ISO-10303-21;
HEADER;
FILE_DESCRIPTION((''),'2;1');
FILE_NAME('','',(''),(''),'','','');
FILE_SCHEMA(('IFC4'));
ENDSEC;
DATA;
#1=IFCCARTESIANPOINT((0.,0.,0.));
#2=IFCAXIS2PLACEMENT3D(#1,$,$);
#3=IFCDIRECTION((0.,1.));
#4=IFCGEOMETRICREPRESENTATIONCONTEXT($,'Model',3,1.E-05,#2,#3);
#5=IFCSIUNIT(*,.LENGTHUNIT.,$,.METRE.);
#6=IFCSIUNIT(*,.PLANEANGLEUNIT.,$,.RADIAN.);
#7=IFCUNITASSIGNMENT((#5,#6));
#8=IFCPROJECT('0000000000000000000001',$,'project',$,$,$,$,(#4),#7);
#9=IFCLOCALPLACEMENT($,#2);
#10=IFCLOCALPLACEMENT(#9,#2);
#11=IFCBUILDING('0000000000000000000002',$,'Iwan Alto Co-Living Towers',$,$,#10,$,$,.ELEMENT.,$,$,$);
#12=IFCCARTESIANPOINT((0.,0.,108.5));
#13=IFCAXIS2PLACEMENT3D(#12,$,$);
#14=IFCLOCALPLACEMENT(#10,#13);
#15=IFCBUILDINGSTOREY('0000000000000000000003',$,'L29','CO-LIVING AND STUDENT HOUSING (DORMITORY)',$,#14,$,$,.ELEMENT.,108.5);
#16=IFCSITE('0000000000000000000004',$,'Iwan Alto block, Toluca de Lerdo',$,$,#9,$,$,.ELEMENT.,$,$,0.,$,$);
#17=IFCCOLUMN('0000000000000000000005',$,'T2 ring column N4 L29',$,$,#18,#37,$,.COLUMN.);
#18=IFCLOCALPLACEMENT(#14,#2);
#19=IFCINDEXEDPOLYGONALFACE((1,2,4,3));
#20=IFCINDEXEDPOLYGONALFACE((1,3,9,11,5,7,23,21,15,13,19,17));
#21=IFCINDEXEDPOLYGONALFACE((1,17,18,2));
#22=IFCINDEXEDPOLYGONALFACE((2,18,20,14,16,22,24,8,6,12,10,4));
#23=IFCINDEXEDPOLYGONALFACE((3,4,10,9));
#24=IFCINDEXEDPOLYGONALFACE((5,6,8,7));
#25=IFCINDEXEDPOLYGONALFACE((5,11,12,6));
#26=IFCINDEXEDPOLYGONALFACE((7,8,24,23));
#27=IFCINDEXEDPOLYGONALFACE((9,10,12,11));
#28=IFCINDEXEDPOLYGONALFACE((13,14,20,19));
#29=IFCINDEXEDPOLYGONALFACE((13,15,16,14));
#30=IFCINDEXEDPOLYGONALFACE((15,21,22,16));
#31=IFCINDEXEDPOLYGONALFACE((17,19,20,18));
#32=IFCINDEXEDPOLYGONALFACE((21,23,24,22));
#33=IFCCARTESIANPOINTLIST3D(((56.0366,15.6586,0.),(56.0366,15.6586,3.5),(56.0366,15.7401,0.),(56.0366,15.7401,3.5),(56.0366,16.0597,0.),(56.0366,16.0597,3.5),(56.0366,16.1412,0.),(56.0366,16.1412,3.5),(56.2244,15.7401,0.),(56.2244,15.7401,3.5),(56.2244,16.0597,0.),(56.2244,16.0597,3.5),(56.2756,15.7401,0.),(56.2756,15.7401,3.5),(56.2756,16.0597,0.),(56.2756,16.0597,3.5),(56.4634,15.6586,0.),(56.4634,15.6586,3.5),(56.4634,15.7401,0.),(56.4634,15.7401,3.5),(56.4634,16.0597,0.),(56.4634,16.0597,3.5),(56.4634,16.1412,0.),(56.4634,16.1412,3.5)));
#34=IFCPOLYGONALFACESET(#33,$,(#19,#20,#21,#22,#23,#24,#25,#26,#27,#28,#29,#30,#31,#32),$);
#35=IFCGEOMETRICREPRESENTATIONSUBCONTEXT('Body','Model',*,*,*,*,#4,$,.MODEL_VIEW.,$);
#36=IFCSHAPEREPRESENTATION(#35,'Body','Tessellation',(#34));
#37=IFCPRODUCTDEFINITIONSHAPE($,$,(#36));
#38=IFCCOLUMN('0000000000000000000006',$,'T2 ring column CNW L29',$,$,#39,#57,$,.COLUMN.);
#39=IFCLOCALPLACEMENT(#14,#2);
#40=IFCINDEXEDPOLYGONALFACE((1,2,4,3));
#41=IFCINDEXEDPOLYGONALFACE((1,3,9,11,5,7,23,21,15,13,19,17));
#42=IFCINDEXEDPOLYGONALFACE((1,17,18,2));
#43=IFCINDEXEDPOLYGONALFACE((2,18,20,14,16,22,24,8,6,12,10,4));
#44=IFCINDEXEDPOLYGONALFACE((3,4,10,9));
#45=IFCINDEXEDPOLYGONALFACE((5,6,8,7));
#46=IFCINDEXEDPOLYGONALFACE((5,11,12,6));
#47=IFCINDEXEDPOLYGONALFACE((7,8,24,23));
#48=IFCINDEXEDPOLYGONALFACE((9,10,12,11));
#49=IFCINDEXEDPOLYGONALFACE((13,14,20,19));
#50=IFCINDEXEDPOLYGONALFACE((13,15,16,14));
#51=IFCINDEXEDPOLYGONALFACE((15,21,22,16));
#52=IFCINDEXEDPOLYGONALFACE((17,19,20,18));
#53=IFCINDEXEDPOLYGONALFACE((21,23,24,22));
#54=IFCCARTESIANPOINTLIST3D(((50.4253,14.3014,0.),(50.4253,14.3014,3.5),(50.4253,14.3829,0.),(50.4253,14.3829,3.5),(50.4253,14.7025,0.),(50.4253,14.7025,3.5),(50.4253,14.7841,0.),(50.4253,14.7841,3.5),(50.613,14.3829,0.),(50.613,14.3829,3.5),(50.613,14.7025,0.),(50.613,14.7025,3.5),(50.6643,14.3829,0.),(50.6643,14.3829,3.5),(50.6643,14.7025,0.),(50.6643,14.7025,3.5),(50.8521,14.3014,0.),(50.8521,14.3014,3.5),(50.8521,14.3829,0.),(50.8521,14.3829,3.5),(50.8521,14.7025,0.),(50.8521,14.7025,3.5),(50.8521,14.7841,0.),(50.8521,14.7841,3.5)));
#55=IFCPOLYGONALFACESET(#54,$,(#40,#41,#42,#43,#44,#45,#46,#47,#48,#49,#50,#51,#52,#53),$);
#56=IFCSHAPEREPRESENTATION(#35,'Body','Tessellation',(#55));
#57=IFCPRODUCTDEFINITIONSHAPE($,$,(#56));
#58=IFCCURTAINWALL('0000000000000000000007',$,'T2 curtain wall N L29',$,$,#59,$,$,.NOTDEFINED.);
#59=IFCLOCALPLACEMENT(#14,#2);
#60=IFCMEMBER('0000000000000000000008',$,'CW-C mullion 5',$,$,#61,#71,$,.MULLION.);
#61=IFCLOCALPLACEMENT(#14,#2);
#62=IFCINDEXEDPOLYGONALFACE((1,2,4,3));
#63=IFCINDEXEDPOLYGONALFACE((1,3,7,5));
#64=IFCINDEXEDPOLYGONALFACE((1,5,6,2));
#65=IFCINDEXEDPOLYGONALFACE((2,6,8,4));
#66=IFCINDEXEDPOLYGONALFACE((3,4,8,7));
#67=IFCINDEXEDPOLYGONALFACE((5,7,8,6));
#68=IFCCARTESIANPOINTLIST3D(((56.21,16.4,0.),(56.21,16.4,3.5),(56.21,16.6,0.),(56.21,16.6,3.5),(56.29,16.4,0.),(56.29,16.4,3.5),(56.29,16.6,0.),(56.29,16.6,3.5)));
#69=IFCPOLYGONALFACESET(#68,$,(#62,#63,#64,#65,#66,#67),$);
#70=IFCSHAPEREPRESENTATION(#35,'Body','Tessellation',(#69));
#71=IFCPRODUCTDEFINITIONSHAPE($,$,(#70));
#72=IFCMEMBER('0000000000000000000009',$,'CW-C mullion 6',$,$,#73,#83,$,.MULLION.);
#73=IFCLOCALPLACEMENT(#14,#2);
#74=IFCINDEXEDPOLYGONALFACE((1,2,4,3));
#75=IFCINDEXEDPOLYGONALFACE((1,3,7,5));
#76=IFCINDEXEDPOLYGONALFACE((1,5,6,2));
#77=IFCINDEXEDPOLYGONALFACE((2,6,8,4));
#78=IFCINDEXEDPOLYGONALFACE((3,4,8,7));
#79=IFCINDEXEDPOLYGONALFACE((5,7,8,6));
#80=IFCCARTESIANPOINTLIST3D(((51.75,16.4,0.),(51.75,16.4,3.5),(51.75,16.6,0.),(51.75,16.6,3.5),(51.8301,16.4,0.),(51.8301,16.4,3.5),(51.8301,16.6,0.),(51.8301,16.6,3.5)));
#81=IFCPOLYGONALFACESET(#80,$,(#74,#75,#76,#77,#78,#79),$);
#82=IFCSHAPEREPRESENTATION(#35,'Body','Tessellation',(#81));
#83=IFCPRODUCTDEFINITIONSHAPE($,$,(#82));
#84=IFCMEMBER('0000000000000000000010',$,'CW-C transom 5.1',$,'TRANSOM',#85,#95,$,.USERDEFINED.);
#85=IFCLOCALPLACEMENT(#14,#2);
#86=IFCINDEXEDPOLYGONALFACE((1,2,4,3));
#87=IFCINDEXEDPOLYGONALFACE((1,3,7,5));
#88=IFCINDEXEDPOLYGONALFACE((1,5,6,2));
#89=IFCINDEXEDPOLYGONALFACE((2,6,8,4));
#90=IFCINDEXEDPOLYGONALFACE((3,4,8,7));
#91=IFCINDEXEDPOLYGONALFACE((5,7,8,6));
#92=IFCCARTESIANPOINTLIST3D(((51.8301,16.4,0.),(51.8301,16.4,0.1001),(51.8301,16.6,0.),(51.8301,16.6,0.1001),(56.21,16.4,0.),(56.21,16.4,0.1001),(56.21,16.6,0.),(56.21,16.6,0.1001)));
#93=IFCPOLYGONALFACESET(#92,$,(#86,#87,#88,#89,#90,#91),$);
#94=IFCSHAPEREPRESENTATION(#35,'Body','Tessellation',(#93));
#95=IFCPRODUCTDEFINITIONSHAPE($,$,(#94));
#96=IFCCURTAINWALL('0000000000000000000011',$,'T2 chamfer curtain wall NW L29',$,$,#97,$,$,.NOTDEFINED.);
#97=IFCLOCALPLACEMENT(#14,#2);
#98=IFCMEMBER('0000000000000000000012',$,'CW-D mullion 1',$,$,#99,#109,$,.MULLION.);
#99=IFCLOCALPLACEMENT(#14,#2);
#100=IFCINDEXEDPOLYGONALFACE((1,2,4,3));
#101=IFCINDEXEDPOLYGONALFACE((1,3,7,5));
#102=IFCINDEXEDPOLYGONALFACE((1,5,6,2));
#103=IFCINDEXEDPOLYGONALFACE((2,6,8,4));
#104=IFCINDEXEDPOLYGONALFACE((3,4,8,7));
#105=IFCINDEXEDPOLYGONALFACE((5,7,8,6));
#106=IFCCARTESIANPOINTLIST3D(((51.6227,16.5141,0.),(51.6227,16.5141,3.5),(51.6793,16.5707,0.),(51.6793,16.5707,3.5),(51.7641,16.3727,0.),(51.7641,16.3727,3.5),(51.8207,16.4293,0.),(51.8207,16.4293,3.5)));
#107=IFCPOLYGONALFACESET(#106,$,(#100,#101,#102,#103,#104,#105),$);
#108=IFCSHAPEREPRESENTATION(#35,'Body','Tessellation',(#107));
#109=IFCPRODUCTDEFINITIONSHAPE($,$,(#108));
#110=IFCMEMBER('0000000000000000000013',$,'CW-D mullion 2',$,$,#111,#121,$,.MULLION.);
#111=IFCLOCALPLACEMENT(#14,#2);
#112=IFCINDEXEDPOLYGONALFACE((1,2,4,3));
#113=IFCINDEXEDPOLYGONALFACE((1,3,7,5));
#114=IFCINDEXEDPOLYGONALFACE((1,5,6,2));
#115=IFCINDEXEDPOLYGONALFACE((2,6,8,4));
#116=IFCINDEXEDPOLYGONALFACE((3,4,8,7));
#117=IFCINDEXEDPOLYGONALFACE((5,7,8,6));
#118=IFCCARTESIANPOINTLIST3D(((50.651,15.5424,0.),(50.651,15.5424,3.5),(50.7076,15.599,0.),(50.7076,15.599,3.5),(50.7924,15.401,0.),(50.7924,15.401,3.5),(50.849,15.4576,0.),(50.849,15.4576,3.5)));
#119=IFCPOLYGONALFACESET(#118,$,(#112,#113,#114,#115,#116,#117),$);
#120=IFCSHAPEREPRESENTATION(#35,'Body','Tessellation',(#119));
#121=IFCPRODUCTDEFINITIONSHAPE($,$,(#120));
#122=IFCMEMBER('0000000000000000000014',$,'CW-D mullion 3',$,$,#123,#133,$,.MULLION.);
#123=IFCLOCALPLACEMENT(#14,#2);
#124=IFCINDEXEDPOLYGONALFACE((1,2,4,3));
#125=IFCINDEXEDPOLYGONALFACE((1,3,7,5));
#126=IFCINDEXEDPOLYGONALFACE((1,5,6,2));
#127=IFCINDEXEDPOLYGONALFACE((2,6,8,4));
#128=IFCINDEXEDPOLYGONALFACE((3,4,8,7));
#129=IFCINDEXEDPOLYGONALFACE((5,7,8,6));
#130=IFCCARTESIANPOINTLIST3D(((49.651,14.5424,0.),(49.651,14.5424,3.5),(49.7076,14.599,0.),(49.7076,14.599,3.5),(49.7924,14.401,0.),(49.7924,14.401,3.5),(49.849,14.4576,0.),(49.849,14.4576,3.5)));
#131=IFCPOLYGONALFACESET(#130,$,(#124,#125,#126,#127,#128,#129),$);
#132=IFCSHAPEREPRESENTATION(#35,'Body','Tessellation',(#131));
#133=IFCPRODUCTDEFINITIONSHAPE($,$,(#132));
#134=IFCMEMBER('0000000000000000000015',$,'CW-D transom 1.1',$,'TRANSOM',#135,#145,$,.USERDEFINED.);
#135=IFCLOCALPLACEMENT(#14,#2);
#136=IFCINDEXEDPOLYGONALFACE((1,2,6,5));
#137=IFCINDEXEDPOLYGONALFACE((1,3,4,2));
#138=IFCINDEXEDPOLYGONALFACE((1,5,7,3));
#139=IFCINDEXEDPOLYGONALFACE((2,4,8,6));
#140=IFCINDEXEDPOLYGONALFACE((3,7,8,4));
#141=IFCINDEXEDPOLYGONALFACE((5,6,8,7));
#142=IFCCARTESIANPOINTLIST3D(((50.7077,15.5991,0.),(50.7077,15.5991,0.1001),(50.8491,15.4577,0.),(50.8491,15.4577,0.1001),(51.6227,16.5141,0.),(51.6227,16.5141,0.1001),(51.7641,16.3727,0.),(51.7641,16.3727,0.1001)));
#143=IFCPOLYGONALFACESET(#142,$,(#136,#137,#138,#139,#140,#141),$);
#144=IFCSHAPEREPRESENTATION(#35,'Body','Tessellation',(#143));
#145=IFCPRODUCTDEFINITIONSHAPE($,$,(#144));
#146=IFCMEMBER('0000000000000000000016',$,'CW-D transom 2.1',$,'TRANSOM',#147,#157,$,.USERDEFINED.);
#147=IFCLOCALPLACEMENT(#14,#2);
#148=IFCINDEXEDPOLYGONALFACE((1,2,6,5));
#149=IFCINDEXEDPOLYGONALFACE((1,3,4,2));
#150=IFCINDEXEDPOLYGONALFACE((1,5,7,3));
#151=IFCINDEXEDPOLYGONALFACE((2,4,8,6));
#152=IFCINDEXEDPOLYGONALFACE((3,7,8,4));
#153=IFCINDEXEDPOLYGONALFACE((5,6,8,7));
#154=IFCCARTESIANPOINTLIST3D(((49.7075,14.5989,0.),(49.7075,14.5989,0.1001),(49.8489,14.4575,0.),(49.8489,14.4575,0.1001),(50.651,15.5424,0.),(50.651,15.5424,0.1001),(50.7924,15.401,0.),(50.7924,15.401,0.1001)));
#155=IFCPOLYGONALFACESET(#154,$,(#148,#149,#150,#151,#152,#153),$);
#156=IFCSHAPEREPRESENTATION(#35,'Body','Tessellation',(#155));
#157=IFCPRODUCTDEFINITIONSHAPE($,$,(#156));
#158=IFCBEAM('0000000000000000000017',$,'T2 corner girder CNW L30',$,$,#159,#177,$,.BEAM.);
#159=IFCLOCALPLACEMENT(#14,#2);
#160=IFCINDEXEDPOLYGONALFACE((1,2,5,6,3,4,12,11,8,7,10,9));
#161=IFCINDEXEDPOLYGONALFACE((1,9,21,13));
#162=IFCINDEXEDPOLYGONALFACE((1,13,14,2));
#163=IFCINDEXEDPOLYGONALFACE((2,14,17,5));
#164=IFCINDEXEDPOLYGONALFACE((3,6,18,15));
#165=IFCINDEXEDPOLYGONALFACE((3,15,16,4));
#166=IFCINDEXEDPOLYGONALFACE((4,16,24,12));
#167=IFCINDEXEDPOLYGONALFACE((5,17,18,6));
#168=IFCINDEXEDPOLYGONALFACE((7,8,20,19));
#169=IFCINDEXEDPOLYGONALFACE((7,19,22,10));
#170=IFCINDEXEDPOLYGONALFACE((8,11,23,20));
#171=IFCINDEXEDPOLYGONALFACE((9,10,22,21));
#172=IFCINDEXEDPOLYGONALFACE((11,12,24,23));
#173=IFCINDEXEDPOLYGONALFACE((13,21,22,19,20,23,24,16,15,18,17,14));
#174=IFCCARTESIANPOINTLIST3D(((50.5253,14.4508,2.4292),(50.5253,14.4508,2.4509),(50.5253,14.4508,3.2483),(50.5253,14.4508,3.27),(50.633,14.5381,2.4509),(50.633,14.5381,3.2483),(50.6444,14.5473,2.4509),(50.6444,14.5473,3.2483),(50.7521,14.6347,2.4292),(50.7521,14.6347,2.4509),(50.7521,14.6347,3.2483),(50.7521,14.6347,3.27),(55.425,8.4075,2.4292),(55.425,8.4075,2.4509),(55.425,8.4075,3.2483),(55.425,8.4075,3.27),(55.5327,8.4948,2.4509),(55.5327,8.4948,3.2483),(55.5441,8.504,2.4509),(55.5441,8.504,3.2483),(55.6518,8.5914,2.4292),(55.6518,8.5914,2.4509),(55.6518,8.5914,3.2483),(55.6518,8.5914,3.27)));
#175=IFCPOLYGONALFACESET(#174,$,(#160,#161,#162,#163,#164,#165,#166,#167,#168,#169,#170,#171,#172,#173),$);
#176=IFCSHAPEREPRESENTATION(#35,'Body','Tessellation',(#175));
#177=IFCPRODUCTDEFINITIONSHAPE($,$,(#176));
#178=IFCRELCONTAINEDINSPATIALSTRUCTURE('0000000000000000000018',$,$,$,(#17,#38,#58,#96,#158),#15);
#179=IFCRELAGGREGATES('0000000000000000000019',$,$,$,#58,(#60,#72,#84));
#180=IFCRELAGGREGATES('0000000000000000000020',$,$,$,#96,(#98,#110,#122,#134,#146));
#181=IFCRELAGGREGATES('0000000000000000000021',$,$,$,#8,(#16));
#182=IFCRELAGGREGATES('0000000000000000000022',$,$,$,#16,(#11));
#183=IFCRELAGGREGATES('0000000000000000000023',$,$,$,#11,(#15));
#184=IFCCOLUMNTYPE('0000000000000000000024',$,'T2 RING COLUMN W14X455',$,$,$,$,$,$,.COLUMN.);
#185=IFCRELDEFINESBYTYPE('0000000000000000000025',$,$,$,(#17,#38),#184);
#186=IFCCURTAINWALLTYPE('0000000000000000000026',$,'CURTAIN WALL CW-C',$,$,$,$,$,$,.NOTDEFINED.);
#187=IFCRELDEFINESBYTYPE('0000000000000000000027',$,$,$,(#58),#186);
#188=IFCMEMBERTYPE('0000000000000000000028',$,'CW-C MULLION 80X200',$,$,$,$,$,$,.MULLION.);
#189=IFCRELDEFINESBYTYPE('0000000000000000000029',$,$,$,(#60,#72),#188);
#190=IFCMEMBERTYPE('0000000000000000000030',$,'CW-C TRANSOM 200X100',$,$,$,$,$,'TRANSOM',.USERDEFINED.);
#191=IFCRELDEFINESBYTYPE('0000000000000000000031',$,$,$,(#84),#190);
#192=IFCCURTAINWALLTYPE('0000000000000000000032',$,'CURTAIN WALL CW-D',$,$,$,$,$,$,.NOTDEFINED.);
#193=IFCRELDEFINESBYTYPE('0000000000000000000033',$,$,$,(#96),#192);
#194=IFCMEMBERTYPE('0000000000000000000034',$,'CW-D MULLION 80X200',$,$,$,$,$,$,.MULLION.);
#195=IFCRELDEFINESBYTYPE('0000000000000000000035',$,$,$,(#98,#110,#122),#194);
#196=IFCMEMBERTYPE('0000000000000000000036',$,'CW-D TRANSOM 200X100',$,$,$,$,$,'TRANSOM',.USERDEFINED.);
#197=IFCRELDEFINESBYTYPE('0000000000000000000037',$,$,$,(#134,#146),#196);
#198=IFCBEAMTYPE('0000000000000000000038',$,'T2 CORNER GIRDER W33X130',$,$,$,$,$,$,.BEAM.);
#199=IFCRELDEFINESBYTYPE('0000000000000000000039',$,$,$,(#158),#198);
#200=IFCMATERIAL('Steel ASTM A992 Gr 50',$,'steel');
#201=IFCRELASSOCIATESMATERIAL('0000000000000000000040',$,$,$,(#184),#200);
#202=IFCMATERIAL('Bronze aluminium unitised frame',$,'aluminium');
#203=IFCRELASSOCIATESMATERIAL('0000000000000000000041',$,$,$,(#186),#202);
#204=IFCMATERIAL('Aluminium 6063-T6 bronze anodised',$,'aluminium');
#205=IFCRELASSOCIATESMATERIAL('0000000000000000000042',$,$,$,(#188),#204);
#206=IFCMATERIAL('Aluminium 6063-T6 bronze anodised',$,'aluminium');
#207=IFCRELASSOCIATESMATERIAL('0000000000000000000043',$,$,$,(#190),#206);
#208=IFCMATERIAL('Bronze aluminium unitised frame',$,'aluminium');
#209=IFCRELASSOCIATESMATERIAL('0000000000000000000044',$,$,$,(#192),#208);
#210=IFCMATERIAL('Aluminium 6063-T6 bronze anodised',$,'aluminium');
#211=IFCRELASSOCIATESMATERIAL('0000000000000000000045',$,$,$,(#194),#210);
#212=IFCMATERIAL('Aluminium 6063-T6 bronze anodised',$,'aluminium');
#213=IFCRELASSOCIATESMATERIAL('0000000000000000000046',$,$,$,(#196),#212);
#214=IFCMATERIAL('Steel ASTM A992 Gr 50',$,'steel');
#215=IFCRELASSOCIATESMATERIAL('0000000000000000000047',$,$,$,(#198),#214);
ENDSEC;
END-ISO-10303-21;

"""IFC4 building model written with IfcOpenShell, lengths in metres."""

from ifc_helpers import new_model, si_unit, direction, frame, origin, origin_2d, place, context, subcontext, project, spatial, rectangle, i_section, extrude, material, material_profile, profile_set, type_object, element, aggregate, save


model = new_model("IFC4")

# Units and contexts
model_context = context("Model", 3, precision=1e-05, world=origin(), true_north=direction((0.0, 1.0)))
body_context = subcontext(model_context, "Body", "Model", "MODEL_VIEW")
ifc_project = project(units=[si_unit("LENGTHUNIT", "METRE"), si_unit("PLANEANGLEUNIT", "RADIAN")], contexts=[model_context])

# Site, building, storey
site_placement = place(None, origin())
site = spatial("IfcSite", under=ifc_project, at=site_placement, Name="Iwan Alto block, Toluca de Lerdo", CompositionType="ELEMENT", RefElevation=0.0)
building_placement = place(site_placement, origin())
building = spatial("IfcBuilding", under=site, at=building_placement, Name="Iwan Alto Co-Living Towers", CompositionType="ELEMENT")
storey_placement = place(building_placement, frame((0.0, 0.0, 108.5)))
storey = spatial("IfcBuildingStorey", under=building, at=storey_placement, Name="L29", Description="CO-LIVING AND STUDENT HOUSING (DORMITORY)", CompositionType="ELEMENT", Elevation=108.5)

# Columns
ifc_material_1 = material(Name="Steel ASTM A992 Gr 50", Category="steel")
ifc_material_profile_1 = material_profile(ifc_material_1, i_section(OverallWidth=0.4268, OverallDepth=0.4827, WebThickness=0.0513, FlangeThickness=0.0815, at=origin_2d()), Name="W14X455")
ifc_profile_set_1 = profile_set([ifc_material_profile_1], Name="Steel ASTM A992 Gr 50")
column_type = type_object("IfcColumnType", Name="T2 RING COLUMN W14X455", PredefinedType="COLUMN", material=ifc_profile_set_1)
for number, where, z_axis, x_axis, name in (
    (1, (56.25, 15.8999, 0.0), (0.0, 0.0, 1.0), (1.0, 0.0, 0.0), "T2 ring column N4 L29"),
    (2, (50.6387, 14.5427, 0.0), (0.0, 0.0, 1.0), (1.0, 0.0, 0.0), "T2 ring column CNW L29"),
):
    element("IfcColumn", number, at=place(storey_placement, frame(where, z_axis=z_axis, x_axis=x_axis)), inside=storey, type_object=column_type, Name=name, PredefinedType="COLUMN", context=body_context, shape_type="SweptSolid", body=[
        extrude(i_section(OverallWidth=0.4268, OverallDepth=0.4827, WebThickness=0.0513, FlangeThickness=0.0815, at=origin_2d()), origin(), (0.0, 0.0, 1.0), 3.5),
    ])

# Curtain walls, members
ifc_material_2 = material(Name="Bronze aluminium unitised frame", Category="aluminium")
curtain_wall_type_1 = type_object("IfcCurtainWallType", Name="CURTAIN WALL CW-C", PredefinedType="NOTDEFINED", material=ifc_material_2)
curtain_wall_1_placement = place(storey_placement, origin())
curtain_wall_1 = element("IfcCurtainWall", 3, at=curtain_wall_1_placement, inside=storey, type_object=curtain_wall_type_1, Name="T2 curtain wall N L29", PredefinedType="NOTDEFINED")
ifc_material_3 = material(Name="Aluminium 6063-T6 bronze anodised", Category="aluminium")
ifc_material_profile_2 = material_profile(ifc_material_3, rectangle(XDim=0.2, YDim=0.0801, at=origin_2d()), Name="AL 80X200")
ifc_profile_set_2 = profile_set([ifc_material_profile_2], Name="Aluminium 6063-T6 bronze anodised")
member_type_1 = type_object("IfcMemberType", Name="CW-C MULLION 80X200", PredefinedType="MULLION", material=ifc_profile_set_2)
member_1_placement = place(storey_placement, frame((56.25, 16.5, 0.0), z_axis=(0.0, 0.0, 1.0), x_axis=(0.0, -1.0, 0.0)))
member_1 = element("IfcMember", 4, at=member_1_placement, type_object=member_type_1, Name="CW-C mullion 5", PredefinedType="MULLION", context=body_context, shape_type="SweptSolid", body=[
    extrude(rectangle(XDim=0.2, YDim=0.0801, at=origin_2d()), origin(), (0.0, 0.0, 1.0), 3.5),
])
member_2_placement = place(storey_placement, frame((51.79, 16.5, 0.0), z_axis=(0.0, 0.0, 1.0), x_axis=(0.0, -1.0, 0.0)))
member_2 = element("IfcMember", 5, at=member_2_placement, type_object=member_type_1, Name="CW-C mullion 6", PredefinedType="MULLION", context=body_context, shape_type="SweptSolid", body=[
    extrude(rectangle(XDim=0.2, YDim=0.0801, at=origin_2d()), origin(), (0.0, 0.0, 1.0), 3.5),
])
ifc_material_4 = material(Name="Aluminium 6063-T6 bronze anodised", Category="aluminium")
ifc_material_profile_3 = material_profile(ifc_material_4, rectangle(XDim=0.2, YDim=0.1001, at=origin_2d()), Name="AL 200X100")
ifc_profile_set_3 = profile_set([ifc_material_profile_3], Name="Aluminium 6063-T6 bronze anodised")
member_type_2 = type_object("IfcMemberType", Name="CW-C TRANSOM 200X100", ElementType="TRANSOM", PredefinedType="USERDEFINED", material=ifc_profile_set_3)
member_3_placement = place(storey_placement, frame((56.21, 16.5, 0.05), z_axis=(-1.0, 0.0, 0.0), x_axis=(0.0, -1.0, 0.0)))
member_3 = element("IfcMember", 6, at=member_3_placement, type_object=member_type_2, Name="CW-C transom 5.1", ObjectType="TRANSOM", PredefinedType="USERDEFINED", context=body_context, shape_type="SweptSolid", body=[
    extrude(rectangle(XDim=0.2, YDim=0.1001, at=origin_2d()), origin(), (0.0, 0.0, 1.0), 4.3799),
])
ifc_material_5 = material(Name="Bronze aluminium unitised frame", Category="aluminium")
curtain_wall_type_2 = type_object("IfcCurtainWallType", Name="CURTAIN WALL CW-D", PredefinedType="NOTDEFINED", material=ifc_material_5)
curtain_wall_2_placement = place(storey_placement, origin())
curtain_wall_2 = element("IfcCurtainWall", 7, at=curtain_wall_2_placement, inside=storey, type_object=curtain_wall_type_2, Name="T2 chamfer curtain wall NW L29", PredefinedType="NOTDEFINED")
ifc_material_6 = material(Name="Aluminium 6063-T6 bronze anodised", Category="aluminium")
ifc_material_profile_4 = material_profile(ifc_material_6, rectangle(XDim=0.2, YDim=0.0801, at=origin_2d()), Name="AL 80X200")
ifc_profile_set_4 = profile_set([ifc_material_profile_4], Name="Aluminium 6063-T6 bronze anodised")
member_type_3 = type_object("IfcMemberType", Name="CW-D MULLION 80X200", PredefinedType="MULLION", material=ifc_profile_set_4)
member_4_placement = place(storey_placement, frame((51.7217, 16.4717, 0.0), z_axis=(0.0, 0.0, 1.0), x_axis=(0.707107, -0.707107, 0.0)))
member_4 = element("IfcMember", 8, at=member_4_placement, type_object=member_type_3, Name="CW-D mullion 1", PredefinedType="MULLION", context=body_context, shape_type="SweptSolid", body=[
    extrude(rectangle(XDim=0.2, YDim=0.0801, at=origin_2d()), origin(), (0.0, 0.0, 1.0), 3.5),
])
member_5_placement = place(storey_placement, frame((50.75, 15.5, 0.0), z_axis=(0.0, 0.0, 1.0), x_axis=(0.707107, -0.707107, 0.0)))
member_5 = element("IfcMember", 9, at=member_5_placement, type_object=member_type_3, Name="CW-D mullion 2", PredefinedType="MULLION", context=body_context, shape_type="SweptSolid", body=[
    extrude(rectangle(XDim=0.2, YDim=0.0801, at=origin_2d()), origin(), (0.0, 0.0, 1.0), 3.5),
])
member_6_placement = place(storey_placement, frame((49.75, 14.5, 0.0), z_axis=(0.0, 0.0, 1.0), x_axis=(0.707107, -0.707107, 0.0)))
member_6 = element("IfcMember", 10, at=member_6_placement, type_object=member_type_3, Name="CW-D mullion 3", PredefinedType="MULLION", context=body_context, shape_type="SweptSolid", body=[
    extrude(rectangle(XDim=0.2, YDim=0.0801, at=origin_2d()), origin(), (0.0, 0.0, 1.0), 3.5),
])
ifc_material_7 = material(Name="Aluminium 6063-T6 bronze anodised", Category="aluminium")
ifc_material_profile_5 = material_profile(ifc_material_7, rectangle(XDim=0.2, YDim=0.1001, at=origin_2d()), Name="AL 200X100")
ifc_profile_set_5 = profile_set([ifc_material_profile_5], Name="Aluminium 6063-T6 bronze anodised")
member_type_4 = type_object("IfcMemberType", Name="CW-D TRANSOM 200X100", ElementType="TRANSOM", PredefinedType="USERDEFINED", material=ifc_profile_set_5)
member_7_placement = place(storey_placement, frame((51.6934, 16.4434, 0.05), z_axis=(-0.707107, -0.707107, 0.0), x_axis=(0.707107, -0.707107, 0.0)))
member_7 = element("IfcMember", 11, at=member_7_placement, type_object=member_type_4, Name="CW-D transom 1.1", ObjectType="TRANSOM", PredefinedType="USERDEFINED", context=body_context, shape_type="SweptSolid", body=[
    extrude(rectangle(XDim=0.2, YDim=0.1001, at=origin_2d()), origin(), (0.0, 0.0, 1.0), 1.2939),
])
member_8_placement = place(storey_placement, frame((50.7217, 15.4717, 0.05), z_axis=(-0.707107, -0.707107, 0.0), x_axis=(0.707107, -0.707107, 0.0)))
member_8 = element("IfcMember", 12, at=member_8_placement, type_object=member_type_4, Name="CW-D transom 2.1", ObjectType="TRANSOM", PredefinedType="USERDEFINED", context=body_context, shape_type="SweptSolid", body=[
    extrude(rectangle(XDim=0.2, YDim=0.1001, at=origin_2d()), origin(), (0.0, 0.0, 1.0), 1.3342),
])

# Beam
ifc_material_8 = material(Name="Steel ASTM A992 Gr 50", Category="steel")
ifc_material_profile_6 = material_profile(ifc_material_8, i_section(OverallWidth=0.292, OverallDepth=0.8408, WebThickness=0.0146, FlangeThickness=0.0217, at=origin_2d()), Name="W33X130")
ifc_profile_set_6 = profile_set([ifc_material_profile_6], Name="Steel ASTM A992 Gr 50")
beam_type_1 = type_object("IfcBeamType", Name="T2 CORNER GIRDER W33X130", PredefinedType="BEAM", material=ifc_profile_set_6)
beam_1_placement = place(storey_placement, frame((50.6387, 14.5427, 2.8496), z_axis=(0.629783, -0.776771, 0.0), x_axis=(0.776771, 0.629783, 0.0)))
element("IfcBeam", 13, at=beam_1_placement, inside=storey, type_object=beam_type_1, Name="T2 corner girder CNW L30", PredefinedType="BEAM", context=body_context, shape_type="SweptSolid", body=[
    extrude(i_section(OverallWidth=0.292, OverallDepth=0.8408, WebThickness=0.0146, FlangeThickness=0.0217, at=origin_2d()), origin(), (0.0, 0.0, 1.0), 7.78),
])

aggregate(curtain_wall_1, [member_1, member_2, member_3])
aggregate(curtain_wall_2, [member_4, member_5, member_6, member_7, member_8])

save(model, "model.ifc")
